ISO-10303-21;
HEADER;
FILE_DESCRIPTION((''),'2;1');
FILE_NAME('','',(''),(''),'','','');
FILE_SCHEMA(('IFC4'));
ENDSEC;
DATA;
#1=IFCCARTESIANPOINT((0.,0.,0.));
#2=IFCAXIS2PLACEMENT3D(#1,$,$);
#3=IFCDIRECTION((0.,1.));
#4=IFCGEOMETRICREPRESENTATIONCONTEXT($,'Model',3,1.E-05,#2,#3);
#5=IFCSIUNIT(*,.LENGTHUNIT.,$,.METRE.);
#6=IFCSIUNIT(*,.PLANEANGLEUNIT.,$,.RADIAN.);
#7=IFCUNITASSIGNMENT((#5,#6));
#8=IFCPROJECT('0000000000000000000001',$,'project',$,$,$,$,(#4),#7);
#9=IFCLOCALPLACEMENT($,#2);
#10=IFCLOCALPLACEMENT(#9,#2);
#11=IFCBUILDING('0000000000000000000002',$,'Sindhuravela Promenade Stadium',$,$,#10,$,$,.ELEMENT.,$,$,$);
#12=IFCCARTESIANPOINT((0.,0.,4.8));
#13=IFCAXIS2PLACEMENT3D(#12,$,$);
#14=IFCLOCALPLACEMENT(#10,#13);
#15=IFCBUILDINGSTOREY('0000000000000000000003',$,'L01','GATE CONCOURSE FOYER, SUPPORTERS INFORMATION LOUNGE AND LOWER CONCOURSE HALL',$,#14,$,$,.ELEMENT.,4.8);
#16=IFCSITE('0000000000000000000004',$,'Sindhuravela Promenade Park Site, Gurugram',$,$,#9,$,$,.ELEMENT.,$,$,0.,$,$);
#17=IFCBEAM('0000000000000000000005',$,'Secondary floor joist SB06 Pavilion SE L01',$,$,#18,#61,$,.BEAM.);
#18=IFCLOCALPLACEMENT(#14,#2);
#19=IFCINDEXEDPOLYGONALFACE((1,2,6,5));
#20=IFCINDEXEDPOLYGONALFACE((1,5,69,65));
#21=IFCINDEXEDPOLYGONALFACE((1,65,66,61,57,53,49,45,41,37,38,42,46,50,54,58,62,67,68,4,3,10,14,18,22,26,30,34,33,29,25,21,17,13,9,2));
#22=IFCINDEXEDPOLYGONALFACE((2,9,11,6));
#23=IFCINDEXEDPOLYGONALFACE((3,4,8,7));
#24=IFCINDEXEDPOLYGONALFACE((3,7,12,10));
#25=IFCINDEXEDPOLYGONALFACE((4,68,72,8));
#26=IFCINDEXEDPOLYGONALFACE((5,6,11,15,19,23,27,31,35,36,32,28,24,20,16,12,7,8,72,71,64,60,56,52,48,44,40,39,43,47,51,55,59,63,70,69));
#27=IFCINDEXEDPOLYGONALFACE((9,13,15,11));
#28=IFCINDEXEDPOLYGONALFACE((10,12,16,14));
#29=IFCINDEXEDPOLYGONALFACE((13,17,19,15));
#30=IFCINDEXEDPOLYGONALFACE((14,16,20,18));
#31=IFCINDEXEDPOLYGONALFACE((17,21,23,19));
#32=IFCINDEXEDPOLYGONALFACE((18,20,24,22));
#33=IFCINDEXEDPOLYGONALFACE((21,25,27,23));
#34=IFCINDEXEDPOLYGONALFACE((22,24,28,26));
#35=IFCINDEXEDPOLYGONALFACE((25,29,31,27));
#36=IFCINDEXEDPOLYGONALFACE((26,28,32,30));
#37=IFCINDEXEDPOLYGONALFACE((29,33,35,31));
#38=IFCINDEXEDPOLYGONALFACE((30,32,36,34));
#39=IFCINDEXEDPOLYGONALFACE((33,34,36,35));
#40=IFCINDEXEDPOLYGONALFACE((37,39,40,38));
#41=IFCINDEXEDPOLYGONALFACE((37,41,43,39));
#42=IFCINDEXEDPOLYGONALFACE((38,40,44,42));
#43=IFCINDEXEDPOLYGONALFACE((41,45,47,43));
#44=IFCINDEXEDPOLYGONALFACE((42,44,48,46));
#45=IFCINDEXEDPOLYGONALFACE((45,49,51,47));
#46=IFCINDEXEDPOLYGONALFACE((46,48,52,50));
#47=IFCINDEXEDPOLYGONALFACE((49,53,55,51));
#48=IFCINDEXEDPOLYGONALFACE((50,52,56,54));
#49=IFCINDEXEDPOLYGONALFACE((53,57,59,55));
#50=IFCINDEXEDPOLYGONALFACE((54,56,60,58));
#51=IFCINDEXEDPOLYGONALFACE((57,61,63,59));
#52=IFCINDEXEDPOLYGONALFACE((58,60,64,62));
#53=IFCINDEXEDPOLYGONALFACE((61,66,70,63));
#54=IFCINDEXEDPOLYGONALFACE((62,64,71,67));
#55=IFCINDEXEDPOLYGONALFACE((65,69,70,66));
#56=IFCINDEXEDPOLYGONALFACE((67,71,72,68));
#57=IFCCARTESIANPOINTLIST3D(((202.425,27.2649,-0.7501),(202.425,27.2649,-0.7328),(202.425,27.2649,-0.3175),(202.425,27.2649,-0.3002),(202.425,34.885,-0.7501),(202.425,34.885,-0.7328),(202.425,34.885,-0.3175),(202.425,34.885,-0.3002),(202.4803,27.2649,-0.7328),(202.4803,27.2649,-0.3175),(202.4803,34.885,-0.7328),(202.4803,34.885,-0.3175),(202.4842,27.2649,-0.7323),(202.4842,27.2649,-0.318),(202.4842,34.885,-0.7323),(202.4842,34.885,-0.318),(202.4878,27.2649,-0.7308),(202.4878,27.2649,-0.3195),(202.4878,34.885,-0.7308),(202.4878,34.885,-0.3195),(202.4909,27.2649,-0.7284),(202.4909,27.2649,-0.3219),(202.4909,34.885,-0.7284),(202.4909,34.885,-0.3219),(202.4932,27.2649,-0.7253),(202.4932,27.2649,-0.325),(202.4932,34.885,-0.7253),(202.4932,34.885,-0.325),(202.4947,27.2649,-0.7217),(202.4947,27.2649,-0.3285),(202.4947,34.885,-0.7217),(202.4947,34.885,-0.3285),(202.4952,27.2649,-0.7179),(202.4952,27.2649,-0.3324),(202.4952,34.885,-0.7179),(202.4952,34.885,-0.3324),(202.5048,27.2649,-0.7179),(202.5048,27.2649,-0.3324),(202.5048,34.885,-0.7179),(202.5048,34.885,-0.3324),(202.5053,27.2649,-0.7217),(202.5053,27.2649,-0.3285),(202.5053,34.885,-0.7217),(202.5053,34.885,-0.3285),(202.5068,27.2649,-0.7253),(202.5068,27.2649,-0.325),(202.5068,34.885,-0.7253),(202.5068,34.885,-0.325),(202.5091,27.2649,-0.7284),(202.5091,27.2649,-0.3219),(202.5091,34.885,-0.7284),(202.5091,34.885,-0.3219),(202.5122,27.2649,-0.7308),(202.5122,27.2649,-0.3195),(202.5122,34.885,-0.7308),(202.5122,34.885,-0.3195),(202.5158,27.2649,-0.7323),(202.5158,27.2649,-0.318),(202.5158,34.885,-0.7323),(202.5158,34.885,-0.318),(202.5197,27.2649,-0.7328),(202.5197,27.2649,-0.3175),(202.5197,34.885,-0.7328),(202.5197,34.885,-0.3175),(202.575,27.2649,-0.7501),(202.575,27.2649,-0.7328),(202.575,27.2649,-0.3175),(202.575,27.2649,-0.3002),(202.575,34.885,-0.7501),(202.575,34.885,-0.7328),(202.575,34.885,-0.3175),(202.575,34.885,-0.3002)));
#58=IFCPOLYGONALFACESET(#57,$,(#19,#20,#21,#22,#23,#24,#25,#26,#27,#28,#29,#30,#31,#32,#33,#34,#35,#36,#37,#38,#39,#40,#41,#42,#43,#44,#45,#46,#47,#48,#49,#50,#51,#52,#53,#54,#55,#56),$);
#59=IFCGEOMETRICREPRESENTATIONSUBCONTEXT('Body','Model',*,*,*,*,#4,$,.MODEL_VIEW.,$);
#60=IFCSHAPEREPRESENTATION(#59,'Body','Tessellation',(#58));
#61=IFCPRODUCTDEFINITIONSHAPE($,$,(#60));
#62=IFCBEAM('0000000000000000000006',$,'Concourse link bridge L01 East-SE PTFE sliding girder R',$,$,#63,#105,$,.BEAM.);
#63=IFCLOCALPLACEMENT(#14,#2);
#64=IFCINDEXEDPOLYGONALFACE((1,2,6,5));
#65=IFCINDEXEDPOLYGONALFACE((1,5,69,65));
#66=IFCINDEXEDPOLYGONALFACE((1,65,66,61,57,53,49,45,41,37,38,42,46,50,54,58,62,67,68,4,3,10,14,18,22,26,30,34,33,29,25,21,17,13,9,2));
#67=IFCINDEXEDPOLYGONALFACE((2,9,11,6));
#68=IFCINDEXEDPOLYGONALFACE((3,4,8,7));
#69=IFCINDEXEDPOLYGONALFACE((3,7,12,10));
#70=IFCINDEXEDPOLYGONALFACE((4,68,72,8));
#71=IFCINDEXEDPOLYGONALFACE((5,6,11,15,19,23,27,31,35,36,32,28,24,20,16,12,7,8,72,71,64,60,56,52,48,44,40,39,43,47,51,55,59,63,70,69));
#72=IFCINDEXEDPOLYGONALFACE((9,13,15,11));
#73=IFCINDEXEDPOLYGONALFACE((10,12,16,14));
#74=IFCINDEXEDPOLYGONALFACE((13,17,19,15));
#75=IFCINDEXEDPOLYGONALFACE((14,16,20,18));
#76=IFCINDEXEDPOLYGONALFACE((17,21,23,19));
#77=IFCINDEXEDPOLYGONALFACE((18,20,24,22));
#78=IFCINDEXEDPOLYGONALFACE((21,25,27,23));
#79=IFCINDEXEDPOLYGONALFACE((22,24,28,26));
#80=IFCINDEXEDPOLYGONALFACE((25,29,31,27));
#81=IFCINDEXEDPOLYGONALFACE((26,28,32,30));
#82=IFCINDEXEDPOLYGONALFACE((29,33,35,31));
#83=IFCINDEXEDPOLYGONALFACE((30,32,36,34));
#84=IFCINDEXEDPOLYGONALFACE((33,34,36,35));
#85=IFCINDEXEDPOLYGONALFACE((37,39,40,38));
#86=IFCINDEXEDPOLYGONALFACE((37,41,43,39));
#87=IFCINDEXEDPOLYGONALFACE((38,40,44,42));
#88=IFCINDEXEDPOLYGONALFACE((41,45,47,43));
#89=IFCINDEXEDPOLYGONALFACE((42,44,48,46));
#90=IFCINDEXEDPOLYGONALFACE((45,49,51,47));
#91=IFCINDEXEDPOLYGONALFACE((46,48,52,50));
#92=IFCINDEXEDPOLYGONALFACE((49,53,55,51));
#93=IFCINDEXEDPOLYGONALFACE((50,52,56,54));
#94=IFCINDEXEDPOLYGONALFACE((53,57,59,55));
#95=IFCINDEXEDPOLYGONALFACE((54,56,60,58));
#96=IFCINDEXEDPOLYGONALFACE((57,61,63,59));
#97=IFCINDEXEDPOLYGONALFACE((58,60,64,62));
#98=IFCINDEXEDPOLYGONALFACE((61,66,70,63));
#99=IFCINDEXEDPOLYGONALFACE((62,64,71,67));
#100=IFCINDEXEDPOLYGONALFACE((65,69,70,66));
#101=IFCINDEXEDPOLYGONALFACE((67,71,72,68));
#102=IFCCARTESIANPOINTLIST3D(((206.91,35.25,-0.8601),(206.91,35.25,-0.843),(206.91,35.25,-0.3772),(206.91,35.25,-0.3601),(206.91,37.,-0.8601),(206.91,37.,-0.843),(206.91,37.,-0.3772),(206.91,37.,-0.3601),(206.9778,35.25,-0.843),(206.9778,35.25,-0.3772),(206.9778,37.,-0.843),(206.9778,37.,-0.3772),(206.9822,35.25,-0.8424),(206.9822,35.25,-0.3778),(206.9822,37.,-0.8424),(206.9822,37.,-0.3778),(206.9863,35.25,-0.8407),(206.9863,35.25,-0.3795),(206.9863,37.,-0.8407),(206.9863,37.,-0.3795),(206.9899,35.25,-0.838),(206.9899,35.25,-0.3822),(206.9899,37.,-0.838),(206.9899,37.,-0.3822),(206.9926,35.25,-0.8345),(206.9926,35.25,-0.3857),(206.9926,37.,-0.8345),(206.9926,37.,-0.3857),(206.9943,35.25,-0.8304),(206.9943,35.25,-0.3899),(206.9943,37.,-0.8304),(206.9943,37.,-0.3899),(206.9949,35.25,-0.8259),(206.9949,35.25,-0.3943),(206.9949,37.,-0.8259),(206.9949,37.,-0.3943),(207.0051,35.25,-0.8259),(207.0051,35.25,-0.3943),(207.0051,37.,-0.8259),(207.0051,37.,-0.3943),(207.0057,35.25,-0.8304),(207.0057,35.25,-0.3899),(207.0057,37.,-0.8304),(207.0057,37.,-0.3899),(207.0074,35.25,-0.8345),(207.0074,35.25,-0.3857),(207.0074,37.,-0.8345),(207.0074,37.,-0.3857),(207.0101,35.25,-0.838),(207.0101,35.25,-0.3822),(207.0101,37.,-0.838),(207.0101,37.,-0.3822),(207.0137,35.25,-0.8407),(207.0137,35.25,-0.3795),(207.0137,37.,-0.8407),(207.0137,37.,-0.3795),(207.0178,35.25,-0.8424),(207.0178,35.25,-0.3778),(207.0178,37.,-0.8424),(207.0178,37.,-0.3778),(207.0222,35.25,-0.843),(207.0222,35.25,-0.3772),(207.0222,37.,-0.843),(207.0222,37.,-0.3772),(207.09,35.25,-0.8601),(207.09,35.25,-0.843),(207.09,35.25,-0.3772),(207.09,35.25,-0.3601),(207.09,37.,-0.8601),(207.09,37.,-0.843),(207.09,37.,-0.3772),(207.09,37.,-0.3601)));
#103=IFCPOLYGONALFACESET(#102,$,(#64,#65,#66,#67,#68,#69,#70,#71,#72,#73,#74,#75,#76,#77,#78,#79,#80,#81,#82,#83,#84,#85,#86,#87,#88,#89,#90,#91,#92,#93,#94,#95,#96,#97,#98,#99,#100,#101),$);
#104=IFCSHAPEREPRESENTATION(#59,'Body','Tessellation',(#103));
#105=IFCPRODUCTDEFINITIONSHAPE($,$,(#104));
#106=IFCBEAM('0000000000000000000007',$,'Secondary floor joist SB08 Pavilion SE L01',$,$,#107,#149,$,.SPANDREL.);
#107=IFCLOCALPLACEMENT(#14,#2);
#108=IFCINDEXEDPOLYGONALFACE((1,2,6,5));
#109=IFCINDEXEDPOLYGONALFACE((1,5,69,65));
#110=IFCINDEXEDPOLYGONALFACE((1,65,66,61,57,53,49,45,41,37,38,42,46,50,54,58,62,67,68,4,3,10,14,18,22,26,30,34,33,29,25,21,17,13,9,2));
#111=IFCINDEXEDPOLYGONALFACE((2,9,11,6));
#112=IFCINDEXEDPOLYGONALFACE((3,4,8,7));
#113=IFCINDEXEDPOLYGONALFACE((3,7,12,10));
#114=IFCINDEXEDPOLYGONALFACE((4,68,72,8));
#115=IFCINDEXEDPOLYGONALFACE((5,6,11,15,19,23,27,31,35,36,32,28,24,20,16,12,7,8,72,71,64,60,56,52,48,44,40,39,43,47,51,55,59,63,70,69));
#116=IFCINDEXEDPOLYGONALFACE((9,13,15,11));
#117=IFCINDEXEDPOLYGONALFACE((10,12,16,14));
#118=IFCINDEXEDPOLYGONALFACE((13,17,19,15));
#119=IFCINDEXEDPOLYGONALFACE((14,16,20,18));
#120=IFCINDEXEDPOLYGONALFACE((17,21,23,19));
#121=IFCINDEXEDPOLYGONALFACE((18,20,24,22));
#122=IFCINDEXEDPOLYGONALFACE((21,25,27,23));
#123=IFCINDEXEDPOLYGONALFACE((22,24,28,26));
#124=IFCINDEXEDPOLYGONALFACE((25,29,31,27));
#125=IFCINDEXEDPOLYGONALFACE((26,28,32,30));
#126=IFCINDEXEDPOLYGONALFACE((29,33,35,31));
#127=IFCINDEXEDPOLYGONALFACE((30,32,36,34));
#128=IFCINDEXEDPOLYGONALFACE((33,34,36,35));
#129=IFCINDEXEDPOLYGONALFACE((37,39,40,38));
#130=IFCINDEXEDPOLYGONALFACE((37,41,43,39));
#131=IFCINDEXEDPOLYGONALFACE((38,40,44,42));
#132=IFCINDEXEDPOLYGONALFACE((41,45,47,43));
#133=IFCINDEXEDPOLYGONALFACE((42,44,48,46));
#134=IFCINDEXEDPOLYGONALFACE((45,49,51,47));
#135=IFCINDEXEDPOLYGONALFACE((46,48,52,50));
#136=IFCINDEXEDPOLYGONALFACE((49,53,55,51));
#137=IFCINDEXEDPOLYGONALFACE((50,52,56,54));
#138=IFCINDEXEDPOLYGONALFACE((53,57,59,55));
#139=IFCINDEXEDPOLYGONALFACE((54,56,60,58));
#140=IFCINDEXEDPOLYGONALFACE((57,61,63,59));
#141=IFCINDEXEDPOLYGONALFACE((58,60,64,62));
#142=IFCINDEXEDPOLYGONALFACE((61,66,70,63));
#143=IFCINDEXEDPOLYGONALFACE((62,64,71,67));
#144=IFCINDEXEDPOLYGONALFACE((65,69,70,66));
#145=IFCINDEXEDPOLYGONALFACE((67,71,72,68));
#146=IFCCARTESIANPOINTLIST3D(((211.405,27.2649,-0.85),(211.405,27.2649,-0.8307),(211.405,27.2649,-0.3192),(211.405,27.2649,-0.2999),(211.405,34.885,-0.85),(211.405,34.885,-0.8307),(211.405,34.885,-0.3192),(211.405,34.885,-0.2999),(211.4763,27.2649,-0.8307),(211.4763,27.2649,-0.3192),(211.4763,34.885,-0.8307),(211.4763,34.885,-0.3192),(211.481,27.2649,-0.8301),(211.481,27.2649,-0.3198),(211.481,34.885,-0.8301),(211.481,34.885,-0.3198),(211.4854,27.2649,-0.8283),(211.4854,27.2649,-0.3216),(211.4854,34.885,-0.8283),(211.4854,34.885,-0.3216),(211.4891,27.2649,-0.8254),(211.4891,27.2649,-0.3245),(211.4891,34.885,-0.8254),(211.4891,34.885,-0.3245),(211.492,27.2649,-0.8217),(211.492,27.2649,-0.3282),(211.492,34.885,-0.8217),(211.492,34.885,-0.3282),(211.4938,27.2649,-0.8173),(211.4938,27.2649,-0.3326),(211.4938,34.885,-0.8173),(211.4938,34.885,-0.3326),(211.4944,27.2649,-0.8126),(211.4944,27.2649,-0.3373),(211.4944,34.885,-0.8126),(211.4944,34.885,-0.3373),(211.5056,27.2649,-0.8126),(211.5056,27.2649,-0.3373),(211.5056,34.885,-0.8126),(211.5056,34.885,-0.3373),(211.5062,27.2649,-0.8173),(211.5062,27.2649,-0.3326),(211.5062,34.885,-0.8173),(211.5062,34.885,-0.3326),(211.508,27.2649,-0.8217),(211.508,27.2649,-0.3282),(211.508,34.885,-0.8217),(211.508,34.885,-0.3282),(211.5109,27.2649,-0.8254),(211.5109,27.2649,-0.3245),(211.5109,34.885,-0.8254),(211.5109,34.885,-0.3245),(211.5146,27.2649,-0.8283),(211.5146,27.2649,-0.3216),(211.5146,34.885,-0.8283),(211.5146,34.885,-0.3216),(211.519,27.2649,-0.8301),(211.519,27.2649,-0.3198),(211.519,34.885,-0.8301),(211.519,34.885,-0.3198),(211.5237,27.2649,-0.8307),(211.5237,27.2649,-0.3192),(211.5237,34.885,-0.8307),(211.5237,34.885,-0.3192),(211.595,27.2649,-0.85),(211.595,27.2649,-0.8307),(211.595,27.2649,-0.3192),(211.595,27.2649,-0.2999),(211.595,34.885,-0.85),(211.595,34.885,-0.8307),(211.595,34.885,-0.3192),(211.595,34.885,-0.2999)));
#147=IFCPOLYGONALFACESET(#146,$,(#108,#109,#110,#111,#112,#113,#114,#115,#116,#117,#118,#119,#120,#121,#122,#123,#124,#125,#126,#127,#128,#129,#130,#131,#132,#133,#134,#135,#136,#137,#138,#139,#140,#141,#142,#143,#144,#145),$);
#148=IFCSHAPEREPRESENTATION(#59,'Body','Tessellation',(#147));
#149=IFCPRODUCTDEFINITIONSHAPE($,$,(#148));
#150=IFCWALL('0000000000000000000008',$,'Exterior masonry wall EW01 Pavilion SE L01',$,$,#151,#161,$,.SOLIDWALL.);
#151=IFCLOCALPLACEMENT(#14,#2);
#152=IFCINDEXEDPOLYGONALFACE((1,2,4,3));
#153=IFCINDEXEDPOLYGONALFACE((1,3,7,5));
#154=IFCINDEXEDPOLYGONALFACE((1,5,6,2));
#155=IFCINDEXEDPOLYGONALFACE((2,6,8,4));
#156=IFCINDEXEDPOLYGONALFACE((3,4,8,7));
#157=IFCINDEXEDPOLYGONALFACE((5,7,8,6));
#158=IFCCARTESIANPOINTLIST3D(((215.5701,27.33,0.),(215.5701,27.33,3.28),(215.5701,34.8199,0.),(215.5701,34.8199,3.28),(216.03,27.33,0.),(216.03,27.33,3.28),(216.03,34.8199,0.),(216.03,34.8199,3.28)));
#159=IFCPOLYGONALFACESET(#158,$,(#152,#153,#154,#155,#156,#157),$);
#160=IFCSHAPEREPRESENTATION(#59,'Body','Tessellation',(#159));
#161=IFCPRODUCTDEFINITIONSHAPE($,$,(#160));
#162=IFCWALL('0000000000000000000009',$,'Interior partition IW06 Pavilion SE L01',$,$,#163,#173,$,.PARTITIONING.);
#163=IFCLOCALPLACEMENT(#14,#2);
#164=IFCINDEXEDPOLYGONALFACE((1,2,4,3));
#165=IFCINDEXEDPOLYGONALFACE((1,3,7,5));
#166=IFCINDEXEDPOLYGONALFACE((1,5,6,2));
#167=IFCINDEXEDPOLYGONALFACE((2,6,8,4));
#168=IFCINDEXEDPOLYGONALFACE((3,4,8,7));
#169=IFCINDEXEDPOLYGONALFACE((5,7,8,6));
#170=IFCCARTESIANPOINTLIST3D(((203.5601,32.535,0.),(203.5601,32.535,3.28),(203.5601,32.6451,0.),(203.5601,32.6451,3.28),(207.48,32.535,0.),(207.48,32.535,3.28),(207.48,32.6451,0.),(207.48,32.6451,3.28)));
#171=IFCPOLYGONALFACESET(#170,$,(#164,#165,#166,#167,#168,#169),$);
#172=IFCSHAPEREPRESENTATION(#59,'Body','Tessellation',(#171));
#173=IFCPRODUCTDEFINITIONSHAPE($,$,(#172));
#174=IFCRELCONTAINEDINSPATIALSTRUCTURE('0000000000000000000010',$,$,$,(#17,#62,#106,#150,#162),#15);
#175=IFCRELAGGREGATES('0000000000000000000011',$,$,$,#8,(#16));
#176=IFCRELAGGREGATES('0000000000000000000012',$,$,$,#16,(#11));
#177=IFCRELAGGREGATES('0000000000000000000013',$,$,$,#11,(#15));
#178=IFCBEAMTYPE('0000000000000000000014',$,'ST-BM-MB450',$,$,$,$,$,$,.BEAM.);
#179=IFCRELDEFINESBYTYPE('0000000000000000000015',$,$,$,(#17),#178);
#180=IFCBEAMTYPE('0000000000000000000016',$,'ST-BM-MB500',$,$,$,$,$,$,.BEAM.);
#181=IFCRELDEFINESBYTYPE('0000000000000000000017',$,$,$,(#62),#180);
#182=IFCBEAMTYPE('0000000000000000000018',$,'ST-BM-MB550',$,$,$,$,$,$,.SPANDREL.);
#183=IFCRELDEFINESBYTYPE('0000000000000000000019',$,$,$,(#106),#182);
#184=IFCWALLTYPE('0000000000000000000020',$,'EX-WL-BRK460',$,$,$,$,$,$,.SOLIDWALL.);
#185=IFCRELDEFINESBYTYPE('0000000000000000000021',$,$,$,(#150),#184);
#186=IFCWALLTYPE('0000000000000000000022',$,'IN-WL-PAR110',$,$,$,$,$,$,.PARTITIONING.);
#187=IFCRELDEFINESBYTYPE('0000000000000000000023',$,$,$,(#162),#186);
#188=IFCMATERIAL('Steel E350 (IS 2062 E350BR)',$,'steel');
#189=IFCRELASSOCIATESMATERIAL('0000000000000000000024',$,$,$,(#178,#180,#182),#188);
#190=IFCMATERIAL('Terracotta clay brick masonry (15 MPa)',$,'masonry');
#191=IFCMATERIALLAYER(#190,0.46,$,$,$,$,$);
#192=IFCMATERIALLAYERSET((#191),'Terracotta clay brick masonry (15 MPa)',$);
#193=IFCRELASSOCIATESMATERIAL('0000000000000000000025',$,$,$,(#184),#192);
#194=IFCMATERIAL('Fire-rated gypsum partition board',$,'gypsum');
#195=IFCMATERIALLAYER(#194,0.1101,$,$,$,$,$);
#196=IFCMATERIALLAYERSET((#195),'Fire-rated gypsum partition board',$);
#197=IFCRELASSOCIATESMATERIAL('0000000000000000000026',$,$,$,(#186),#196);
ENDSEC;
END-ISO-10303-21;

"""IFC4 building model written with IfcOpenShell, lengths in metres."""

from ifc_helpers import new_model, si_unit, direction, frame, frame_2d, origin, origin_2d, place, context, subcontext, project, spatial, rectangle, i_section, extrude, material, layer, layer_set, material_profile, profile_set, type_object, element, save


model = new_model("IFC4")

# Units and contexts
model_context = context("Model", 3, precision=1e-05, world=origin(), true_north=direction((0.0, 1.0)))
body_context = subcontext(model_context, "Body", "Model", "MODEL_VIEW")
ifc_project = project(units=[si_unit("LENGTHUNIT", "METRE"), si_unit("PLANEANGLEUNIT", "RADIAN")], contexts=[model_context])

# Site, building, storey
site_placement = place(None, origin())
site = spatial("IfcSite", under=ifc_project, at=site_placement, Name="Sindhuravela Promenade Park Site, Gurugram", CompositionType="ELEMENT", RefElevation=0.0)
building_placement = place(site_placement, origin())
building = spatial("IfcBuilding", under=site, at=building_placement, Name="Sindhuravela Promenade Stadium", CompositionType="ELEMENT")
storey_placement = place(building_placement, frame((0.0, 0.0, 4.8)))
storey = spatial("IfcBuildingStorey", under=building, at=storey_placement, Name="L01", Description="GATE CONCOURSE FOYER, SUPPORTERS INFORMATION LOUNGE AND LOWER CONCOURSE HALL", CompositionType="ELEMENT", Elevation=4.8)

# Beams
ifc_material_1 = material(Name="Steel E350 (IS 2062 E350BR)", Category="steel")
ifc_material_profile_1 = material_profile(ifc_material_1, i_section(OverallWidth=0.1499, OverallDepth=0.45, WebThickness=0.0095, FlangeThickness=0.0173, FilletRadius=0.0149, at=origin_2d()), Name="ISMB 450")
ifc_profile_set_1 = profile_set([ifc_material_profile_1], Name="Steel E350 (IS 2062 E350BR)")
beam_type_1 = type_object("IfcBeamType", Name="ST-BM-MB450", PredefinedType="BEAM", material=ifc_profile_set_1)
beam_1_placement = place(storey_placement, frame((202.5, 27.2649, -0.5251), z_axis=(0.0, 1.0, 0.0), x_axis=(-1.0, 0.0, 0.0)))
element("IfcBeam", 1, at=beam_1_placement, inside=storey, type_object=beam_type_1, Name="Secondary floor joist SB06 Pavilion SE L01", PredefinedType="BEAM", context=body_context, shape_type="SweptSolid", body=[
    extrude(i_section(OverallWidth=0.1499, OverallDepth=0.45, WebThickness=0.0095, FlangeThickness=0.0173, FilletRadius=0.0149, at=origin_2d()), origin(), (0.0, 0.0, 1.0), 7.6201),
])
ifc_material_profile_2 = material_profile(ifc_material_1, i_section(OverallWidth=0.1799, OverallDepth=0.5, WebThickness=0.0103, FlangeThickness=0.0171, FilletRadius=0.0171, at=origin_2d()), Name="ISMB 500")
ifc_profile_set_2 = profile_set([ifc_material_profile_2], Name="Steel E350 (IS 2062 E350BR)")
beam_type_2 = type_object("IfcBeamType", Name="ST-BM-MB500", PredefinedType="BEAM", material=ifc_profile_set_2)
beam_2_placement = place(storey_placement, frame((207.0, 35.25, -0.6101), z_axis=(0.0, 1.0, 0.0), x_axis=(-1.0, 0.0, 0.0)))
element("IfcBeam", 2, at=beam_2_placement, inside=storey, type_object=beam_type_2, Name="Concourse link bridge L01 East-SE PTFE sliding girder R", PredefinedType="BEAM", context=body_context, shape_type="SweptSolid", body=[
    extrude(i_section(OverallWidth=0.1799, OverallDepth=0.5, WebThickness=0.0103, FlangeThickness=0.0171, FilletRadius=0.0171, at=origin_2d()), origin(), (0.0, 0.0, 1.0), 1.75),
])
ifc_material_profile_3 = material_profile(ifc_material_1, i_section(OverallWidth=0.1899, OverallDepth=0.55, WebThickness=0.0112, FlangeThickness=0.0193, FilletRadius=0.0181, at=origin_2d()), Name="ISMB 550")
ifc_profile_set_3 = profile_set([ifc_material_profile_3], Name="Steel E350 (IS 2062 E350BR)")
beam_type_3 = type_object("IfcBeamType", Name="ST-BM-MB550", PredefinedType="SPANDREL", material=ifc_profile_set_3)
beam_3_placement = place(storey_placement, frame((211.5, 27.2649, -0.575), z_axis=(0.0, 1.0, 0.0), x_axis=(-1.0, 0.0, 0.0)))
element("IfcBeam", 3, at=beam_3_placement, inside=storey, type_object=beam_type_3, Name="Secondary floor joist SB08 Pavilion SE L01", PredefinedType="SPANDREL", context=body_context, shape_type="SweptSolid", body=[
    extrude(i_section(OverallWidth=0.1899, OverallDepth=0.55, WebThickness=0.0112, FlangeThickness=0.0193, FilletRadius=0.0181, at=origin_2d()), origin(), (0.0, 0.0, 1.0), 7.6201),
])

# Walls
ifc_material_2 = material(Name="Terracotta clay brick masonry (15 MPa)", Category="masonry")
ifc_layer_1 = layer(ifc_material_2, 0.46)
ifc_layer_set_1 = layer_set([ifc_layer_1], Name="Terracotta clay brick masonry (15 MPa)")
wall_type_1 = type_object("IfcWallType", Name="EX-WL-BRK460", PredefinedType="SOLIDWALL", material=ifc_layer_set_1)
wall_1_placement = place(storey_placement, frame((215.8, 34.8201, 0.0), z_axis=(0.0, 0.0, 1.0), x_axis=(0.0, -1.0, 0.0)))
element("IfcWall", 4, at=wall_1_placement, inside=storey, type_object=wall_type_1, Name="Exterior masonry wall EW01 Pavilion SE L01", PredefinedType="SOLIDWALL", context=body_context, shape_type="SweptSolid", body=[
    extrude(rectangle(XDim=7.49, YDim=0.46, at=frame_2d((3.7451, 0.0))), origin(), (0.0, 0.0, 1.0), 3.28),
])
ifc_material_3 = material(Name="Fire-rated gypsum partition board", Category="gypsum")
ifc_layer_2 = layer(ifc_material_3, 0.1101)
ifc_layer_set_2 = layer_set([ifc_layer_2], Name="Fire-rated gypsum partition board")
wall_type_2 = type_object("IfcWallType", Name="IN-WL-PAR110", PredefinedType="PARTITIONING", material=ifc_layer_set_2)
wall_2_placement = place(storey_placement, frame((203.5601, 32.5901, 0.0), z_axis=(0.0, 0.0, 1.0), x_axis=(1.0, 0.0, 0.0)))
element("IfcWall", 5, at=wall_2_placement, inside=storey, type_object=wall_type_2, Name="Interior partition IW06 Pavilion SE L01", PredefinedType="PARTITIONING", context=body_context, shape_type="SweptSolid", body=[
    extrude(rectangle(XDim=3.9199, YDim=0.1101, at=frame_2d((1.96, 0.0))), origin(), (0.0, 0.0, 1.0), 3.28),
])

save(model, "model.ifc")
